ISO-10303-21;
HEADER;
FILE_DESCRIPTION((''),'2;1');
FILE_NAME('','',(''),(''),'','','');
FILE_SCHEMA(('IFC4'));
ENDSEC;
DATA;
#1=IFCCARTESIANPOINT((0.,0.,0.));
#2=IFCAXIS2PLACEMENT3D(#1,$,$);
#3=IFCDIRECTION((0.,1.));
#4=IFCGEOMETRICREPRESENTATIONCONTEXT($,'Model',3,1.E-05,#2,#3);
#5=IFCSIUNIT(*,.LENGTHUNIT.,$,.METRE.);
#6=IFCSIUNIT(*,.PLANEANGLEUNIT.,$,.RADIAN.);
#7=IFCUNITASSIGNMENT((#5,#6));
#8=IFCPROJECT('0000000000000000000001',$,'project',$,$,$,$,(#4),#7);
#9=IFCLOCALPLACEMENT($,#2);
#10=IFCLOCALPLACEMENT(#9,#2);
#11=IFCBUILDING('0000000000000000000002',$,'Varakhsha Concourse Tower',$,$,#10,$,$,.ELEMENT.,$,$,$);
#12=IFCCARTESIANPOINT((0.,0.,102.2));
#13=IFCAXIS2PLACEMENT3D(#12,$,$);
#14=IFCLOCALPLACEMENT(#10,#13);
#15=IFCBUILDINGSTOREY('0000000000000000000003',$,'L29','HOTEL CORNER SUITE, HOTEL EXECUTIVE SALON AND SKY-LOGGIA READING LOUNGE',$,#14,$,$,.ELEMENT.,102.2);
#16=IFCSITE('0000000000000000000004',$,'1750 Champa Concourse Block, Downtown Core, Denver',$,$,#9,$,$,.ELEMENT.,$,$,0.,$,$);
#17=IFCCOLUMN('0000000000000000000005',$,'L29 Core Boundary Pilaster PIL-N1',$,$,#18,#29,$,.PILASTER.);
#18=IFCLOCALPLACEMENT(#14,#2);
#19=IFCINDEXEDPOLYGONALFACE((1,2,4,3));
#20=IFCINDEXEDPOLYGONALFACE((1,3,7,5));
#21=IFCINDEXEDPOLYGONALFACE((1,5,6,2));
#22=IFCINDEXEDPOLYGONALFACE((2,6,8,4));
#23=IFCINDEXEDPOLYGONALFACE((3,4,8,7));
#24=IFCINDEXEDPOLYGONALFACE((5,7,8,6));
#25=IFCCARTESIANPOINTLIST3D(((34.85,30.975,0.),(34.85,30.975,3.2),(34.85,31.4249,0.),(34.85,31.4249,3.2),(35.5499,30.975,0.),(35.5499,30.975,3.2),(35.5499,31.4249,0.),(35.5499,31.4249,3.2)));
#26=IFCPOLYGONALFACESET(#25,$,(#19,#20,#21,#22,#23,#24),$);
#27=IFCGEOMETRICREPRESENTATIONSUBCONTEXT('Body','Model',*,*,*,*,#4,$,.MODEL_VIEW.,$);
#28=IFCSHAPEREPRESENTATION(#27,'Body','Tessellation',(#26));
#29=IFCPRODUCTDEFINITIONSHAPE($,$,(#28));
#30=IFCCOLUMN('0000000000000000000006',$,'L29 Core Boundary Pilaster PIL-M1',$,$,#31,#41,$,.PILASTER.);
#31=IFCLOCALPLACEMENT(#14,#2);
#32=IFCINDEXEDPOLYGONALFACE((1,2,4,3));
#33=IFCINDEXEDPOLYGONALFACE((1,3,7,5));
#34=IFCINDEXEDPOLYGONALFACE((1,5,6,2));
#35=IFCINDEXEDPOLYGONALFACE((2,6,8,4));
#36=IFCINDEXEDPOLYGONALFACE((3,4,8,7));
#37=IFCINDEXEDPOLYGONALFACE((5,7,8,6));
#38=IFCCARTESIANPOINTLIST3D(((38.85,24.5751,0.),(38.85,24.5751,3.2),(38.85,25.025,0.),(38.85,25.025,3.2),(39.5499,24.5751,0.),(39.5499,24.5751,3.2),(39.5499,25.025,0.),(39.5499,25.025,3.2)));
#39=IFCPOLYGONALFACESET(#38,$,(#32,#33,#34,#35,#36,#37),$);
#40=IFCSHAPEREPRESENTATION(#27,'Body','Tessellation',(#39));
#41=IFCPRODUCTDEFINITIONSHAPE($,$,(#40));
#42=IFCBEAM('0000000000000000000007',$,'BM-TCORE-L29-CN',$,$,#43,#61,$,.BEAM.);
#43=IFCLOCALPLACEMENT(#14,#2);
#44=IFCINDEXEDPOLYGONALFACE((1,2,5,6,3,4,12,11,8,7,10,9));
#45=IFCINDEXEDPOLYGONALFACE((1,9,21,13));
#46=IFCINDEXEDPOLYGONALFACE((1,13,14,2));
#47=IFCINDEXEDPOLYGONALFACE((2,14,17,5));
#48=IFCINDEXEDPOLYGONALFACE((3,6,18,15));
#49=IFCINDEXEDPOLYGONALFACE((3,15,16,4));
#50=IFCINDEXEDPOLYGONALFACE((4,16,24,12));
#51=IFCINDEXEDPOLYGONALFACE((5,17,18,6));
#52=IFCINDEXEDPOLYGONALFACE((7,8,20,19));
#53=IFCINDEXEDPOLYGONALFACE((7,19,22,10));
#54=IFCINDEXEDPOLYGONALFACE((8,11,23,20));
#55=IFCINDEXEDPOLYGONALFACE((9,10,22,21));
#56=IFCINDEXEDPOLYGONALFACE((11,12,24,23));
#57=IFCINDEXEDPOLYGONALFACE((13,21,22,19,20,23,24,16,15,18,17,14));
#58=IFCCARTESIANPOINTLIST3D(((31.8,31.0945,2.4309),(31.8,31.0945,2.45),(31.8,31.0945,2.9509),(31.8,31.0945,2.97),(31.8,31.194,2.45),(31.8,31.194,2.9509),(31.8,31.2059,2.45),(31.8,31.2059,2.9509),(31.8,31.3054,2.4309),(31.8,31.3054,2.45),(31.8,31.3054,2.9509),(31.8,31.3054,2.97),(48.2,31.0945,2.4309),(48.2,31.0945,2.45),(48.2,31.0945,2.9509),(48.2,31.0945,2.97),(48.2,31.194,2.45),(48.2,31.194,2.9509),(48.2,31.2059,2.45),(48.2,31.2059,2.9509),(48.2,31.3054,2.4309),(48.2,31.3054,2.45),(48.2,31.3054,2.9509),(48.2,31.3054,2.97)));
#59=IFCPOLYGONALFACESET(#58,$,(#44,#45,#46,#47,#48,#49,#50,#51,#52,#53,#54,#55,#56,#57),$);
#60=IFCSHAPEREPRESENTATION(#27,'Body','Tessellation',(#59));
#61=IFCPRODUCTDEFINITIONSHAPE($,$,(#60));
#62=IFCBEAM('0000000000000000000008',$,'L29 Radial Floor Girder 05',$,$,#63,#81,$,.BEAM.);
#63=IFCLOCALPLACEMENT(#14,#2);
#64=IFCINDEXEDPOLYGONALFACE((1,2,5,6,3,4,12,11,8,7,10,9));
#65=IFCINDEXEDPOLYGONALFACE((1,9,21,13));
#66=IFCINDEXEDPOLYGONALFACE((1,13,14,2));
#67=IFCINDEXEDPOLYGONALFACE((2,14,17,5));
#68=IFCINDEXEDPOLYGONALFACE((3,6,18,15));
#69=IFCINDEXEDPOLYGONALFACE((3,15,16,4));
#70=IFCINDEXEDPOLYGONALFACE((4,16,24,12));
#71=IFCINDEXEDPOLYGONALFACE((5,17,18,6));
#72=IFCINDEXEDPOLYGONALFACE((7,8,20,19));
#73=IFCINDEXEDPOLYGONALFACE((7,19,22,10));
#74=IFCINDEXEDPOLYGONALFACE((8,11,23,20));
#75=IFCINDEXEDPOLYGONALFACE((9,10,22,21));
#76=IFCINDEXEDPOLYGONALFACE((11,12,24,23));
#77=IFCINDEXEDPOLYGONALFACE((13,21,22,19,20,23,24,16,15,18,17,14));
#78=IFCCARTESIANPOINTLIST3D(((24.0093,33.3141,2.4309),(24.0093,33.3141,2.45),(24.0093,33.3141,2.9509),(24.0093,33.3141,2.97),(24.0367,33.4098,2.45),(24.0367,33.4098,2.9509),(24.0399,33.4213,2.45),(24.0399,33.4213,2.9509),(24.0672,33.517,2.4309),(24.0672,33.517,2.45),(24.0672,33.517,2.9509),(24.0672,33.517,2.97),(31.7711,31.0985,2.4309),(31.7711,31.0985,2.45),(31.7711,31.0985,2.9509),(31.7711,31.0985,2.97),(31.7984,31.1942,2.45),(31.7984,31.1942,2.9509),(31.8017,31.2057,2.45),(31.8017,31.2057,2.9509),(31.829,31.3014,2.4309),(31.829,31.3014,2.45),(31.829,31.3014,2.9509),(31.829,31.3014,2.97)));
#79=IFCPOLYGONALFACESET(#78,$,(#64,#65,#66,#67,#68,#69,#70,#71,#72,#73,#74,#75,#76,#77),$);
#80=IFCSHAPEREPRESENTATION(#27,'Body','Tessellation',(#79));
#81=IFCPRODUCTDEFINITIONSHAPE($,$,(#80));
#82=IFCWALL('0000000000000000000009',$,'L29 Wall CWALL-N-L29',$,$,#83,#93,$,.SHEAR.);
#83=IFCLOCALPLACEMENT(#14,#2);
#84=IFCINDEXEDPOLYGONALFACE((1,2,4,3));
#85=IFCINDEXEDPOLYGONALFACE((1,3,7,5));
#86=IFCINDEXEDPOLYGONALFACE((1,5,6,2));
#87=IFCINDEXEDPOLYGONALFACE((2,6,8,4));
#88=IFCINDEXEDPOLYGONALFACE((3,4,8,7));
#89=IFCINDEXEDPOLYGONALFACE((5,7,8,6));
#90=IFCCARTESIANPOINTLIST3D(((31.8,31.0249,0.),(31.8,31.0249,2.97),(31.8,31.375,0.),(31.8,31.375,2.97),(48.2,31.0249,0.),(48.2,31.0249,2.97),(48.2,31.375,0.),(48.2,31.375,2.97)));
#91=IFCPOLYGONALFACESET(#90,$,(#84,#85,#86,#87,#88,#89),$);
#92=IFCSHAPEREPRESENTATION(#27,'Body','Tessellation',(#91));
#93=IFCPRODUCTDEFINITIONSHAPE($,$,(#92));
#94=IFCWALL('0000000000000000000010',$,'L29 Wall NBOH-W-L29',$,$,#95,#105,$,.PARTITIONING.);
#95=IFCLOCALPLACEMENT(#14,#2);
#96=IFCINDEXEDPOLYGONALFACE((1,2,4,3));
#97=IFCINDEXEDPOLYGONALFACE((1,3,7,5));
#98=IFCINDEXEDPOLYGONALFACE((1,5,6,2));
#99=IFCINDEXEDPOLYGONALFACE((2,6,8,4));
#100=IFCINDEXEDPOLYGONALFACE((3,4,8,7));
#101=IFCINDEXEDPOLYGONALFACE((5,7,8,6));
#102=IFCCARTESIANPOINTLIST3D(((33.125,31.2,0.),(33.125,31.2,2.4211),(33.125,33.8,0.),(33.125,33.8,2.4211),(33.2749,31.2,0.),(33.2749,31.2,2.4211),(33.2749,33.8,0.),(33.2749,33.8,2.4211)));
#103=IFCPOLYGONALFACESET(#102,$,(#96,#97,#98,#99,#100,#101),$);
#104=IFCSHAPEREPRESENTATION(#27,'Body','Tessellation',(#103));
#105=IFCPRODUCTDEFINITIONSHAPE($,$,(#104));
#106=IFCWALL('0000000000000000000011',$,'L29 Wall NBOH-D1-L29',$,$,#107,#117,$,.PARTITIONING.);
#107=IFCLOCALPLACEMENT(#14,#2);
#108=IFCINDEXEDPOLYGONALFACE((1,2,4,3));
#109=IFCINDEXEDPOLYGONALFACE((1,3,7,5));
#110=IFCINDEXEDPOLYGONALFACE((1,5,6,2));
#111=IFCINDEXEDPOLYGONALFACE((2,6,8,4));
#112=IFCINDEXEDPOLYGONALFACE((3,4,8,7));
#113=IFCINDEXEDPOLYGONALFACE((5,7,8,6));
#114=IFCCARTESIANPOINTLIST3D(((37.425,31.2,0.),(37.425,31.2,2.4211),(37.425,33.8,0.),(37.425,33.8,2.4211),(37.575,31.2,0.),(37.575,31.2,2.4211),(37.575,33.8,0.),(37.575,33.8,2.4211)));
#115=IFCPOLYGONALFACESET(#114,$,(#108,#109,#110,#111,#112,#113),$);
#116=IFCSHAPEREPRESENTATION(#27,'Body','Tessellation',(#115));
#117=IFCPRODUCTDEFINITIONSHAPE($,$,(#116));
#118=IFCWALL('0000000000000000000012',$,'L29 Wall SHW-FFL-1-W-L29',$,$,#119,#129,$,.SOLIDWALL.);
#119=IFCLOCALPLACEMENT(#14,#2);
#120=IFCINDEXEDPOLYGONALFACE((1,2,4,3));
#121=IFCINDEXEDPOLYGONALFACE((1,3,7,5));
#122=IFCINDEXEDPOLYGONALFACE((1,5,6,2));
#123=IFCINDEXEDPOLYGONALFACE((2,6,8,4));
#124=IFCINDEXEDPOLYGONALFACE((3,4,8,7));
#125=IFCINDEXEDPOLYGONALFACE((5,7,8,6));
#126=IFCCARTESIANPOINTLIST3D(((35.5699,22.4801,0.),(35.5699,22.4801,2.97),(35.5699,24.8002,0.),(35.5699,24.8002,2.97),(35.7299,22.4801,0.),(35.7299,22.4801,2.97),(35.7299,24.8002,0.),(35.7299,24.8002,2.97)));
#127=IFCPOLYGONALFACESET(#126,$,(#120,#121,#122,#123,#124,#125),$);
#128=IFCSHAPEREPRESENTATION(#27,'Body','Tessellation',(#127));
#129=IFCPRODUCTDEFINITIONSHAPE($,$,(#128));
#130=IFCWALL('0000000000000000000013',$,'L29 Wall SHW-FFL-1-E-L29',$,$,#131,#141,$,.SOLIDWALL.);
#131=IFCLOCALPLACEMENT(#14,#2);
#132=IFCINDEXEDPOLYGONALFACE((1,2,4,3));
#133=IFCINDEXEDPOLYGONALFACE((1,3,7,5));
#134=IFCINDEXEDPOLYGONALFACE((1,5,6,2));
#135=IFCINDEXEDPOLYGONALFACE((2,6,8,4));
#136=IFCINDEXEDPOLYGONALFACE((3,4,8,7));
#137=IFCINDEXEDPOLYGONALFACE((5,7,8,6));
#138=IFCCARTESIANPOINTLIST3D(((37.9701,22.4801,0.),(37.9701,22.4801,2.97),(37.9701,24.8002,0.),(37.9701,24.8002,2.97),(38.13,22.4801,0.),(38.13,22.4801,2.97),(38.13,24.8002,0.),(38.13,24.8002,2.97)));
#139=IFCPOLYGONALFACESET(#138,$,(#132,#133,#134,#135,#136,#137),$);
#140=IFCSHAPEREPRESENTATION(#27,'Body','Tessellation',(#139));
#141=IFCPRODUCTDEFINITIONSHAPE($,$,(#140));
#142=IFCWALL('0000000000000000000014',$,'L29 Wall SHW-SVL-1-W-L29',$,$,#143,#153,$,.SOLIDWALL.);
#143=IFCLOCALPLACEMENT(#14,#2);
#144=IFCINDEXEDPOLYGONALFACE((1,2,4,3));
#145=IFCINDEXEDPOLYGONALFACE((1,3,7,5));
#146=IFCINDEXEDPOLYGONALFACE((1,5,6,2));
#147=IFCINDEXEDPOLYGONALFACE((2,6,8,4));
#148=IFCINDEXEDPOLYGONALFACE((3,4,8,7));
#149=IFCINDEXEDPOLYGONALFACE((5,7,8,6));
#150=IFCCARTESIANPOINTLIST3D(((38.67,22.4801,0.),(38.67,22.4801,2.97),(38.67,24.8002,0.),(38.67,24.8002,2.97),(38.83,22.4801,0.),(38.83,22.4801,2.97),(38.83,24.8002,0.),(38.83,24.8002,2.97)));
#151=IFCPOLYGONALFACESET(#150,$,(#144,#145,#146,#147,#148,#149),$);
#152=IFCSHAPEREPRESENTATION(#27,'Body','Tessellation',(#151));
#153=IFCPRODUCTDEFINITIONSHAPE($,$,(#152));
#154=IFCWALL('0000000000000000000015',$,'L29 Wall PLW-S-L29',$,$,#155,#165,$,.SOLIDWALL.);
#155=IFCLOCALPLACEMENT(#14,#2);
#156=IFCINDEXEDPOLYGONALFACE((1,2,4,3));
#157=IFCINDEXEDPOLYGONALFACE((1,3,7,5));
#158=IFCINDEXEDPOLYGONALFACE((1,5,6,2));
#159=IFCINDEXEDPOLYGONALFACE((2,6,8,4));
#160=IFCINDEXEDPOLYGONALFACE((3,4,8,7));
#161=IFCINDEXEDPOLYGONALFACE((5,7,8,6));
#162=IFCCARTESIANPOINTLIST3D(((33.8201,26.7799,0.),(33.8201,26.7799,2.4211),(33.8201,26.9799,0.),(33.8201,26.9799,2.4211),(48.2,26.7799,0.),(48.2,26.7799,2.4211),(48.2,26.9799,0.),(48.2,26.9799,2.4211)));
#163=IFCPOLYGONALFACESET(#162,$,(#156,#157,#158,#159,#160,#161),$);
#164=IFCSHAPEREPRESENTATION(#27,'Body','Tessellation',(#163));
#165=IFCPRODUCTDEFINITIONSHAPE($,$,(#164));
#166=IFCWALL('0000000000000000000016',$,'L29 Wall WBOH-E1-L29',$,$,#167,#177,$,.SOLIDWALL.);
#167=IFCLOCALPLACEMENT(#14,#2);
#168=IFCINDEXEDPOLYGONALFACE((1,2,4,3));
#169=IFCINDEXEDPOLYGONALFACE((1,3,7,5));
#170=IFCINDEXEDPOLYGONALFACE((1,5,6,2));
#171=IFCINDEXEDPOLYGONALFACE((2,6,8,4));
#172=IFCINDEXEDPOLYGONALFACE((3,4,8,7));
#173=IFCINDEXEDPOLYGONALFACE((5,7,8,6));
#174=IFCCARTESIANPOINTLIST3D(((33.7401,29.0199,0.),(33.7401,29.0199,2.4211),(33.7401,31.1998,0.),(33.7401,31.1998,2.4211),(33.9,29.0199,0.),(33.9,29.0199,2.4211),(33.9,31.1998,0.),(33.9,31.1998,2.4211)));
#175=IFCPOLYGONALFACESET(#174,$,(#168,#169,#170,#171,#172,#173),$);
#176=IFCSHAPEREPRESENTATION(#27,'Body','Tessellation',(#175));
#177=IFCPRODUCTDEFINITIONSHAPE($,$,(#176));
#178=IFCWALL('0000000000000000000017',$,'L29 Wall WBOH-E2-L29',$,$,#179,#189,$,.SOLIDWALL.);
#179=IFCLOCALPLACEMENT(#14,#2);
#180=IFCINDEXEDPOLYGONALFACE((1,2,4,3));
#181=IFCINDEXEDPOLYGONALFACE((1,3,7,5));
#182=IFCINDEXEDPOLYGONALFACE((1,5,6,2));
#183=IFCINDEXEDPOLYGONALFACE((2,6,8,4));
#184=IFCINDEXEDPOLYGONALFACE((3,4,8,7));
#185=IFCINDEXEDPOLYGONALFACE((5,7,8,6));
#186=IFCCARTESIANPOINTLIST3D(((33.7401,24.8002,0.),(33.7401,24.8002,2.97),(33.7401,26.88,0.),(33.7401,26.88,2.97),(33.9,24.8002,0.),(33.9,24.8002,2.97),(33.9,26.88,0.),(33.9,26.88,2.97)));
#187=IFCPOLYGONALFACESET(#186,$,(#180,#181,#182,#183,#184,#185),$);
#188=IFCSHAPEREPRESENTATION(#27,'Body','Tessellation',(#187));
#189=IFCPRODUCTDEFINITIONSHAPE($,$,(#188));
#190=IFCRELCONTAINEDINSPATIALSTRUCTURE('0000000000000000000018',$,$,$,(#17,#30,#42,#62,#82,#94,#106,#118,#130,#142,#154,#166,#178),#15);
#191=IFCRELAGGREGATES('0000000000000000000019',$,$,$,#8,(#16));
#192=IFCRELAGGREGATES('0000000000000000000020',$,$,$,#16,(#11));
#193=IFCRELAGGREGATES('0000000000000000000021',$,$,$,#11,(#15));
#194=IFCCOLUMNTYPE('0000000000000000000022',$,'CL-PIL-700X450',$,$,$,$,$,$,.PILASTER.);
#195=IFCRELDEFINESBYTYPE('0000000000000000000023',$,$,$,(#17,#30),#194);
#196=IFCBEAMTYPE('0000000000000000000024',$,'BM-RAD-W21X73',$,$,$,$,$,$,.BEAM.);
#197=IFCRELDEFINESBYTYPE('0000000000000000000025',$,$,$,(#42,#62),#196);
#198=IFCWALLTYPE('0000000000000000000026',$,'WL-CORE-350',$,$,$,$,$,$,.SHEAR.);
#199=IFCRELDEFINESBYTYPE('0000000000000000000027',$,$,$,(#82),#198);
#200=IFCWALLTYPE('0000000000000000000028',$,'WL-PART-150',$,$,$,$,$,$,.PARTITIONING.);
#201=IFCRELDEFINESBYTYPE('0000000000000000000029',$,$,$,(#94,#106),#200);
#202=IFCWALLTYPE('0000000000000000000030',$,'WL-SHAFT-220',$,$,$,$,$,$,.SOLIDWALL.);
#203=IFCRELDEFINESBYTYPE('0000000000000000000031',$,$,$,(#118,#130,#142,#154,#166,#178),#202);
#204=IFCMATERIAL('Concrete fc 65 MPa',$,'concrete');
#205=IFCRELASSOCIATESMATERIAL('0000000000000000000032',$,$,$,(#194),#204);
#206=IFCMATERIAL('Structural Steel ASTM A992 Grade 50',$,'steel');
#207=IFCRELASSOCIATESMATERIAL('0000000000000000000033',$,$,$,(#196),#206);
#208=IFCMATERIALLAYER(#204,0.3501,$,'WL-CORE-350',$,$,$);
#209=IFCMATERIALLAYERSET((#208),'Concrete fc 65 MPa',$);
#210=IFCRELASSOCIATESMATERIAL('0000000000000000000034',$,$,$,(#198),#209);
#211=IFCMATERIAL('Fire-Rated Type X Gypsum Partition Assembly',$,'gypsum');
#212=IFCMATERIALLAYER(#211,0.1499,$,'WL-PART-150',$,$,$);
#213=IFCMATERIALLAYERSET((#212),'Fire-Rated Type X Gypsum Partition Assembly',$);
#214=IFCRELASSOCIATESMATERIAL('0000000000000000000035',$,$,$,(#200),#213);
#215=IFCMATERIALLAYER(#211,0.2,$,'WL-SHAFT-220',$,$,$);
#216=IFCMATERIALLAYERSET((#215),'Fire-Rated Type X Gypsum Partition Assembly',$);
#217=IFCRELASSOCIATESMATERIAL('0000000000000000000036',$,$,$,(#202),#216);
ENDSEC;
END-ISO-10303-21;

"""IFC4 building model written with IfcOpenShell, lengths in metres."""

from ifc_helpers import new_model, si_unit, direction, frame, frame_2d, origin, origin_2d, place, context, subcontext, project, spatial, rectangle, i_section, extrude, material, layer, layer_set, material_profile, profile_set, type_object, element, save


model = new_model("IFC4")

# Units and contexts
model_context = context("Model", 3, precision=1e-05, world=origin(), true_north=direction((0.0, 1.0)))
body_context = subcontext(model_context, "Body", "Model", "MODEL_VIEW")
ifc_project = project(units=[si_unit("LENGTHUNIT", "METRE"), si_unit("PLANEANGLEUNIT", "RADIAN")], contexts=[model_context])

# Site, building, storey
site_placement = place(None, origin())
site = spatial("IfcSite", under=ifc_project, at=site_placement, Name="1750 Champa Concourse Block, Downtown Core, Denver", CompositionType="ELEMENT", RefElevation=0.0)
building_placement = place(site_placement, origin())
building = spatial("IfcBuilding", under=site, at=building_placement, Name="Varakhsha Concourse Tower", CompositionType="ELEMENT")
storey_placement = place(building_placement, frame((0.0, 0.0, 102.2)))
storey = spatial("IfcBuildingStorey", under=building, at=storey_placement, Name="L29", Description="HOTEL CORNER SUITE, HOTEL EXECUTIVE SALON AND SKY-LOGGIA READING LOUNGE", CompositionType="ELEMENT", Elevation=102.2)

# Columns
ifc_material_1 = material(Name="Concrete fc 65 MPa", Category="concrete")
ifc_material_profile_1 = material_profile(ifc_material_1, rectangle(XDim=0.7, YDim=0.45, at=origin_2d()), Name="RC 700x450")
ifc_profile_set_1 = profile_set([ifc_material_profile_1], Name="Concrete fc 65 MPa")
column_type = type_object("IfcColumnType", Name="CL-PIL-700X450", PredefinedType="PILASTER", material=ifc_profile_set_1)
for number, where, z_axis, x_axis, name in (
    (1, (35.2, 31.2, 0.0), (0.0, 0.0, 1.0), (1.0, 0.0, 0.0), "L29 Core Boundary Pilaster PIL-N1"),
    (2, (39.2, 24.8, 0.0), (0.0, 0.0, 1.0), (1.0, 0.0, 0.0), "L29 Core Boundary Pilaster PIL-M1"),
):
    element("IfcColumn", number, at=place(storey_placement, frame(where, z_axis=z_axis, x_axis=x_axis)), inside=storey, type_object=column_type, Name=name, PredefinedType="PILASTER", context=body_context, shape_type="SweptSolid", body=[
        extrude(rectangle(XDim=0.7, YDim=0.45, at=origin_2d()), origin(), (0.0, 0.0, 1.0), 3.2),
    ])

# Beams
ifc_material_2 = material(Name="Structural Steel ASTM A992 Grade 50", Category="steel")
ifc_material_profile_2 = material_profile(ifc_material_2, i_section(OverallWidth=0.2109, OverallDepth=0.5391, WebThickness=0.012, FlangeThickness=0.019, at=origin_2d()), Name="W21X73")
ifc_profile_set_2 = profile_set([ifc_material_profile_2], Name="Structural Steel ASTM A992 Grade 50")
beam_type = type_object("IfcBeamType", Name="BM-RAD-W21X73", PredefinedType="BEAM", material=ifc_profile_set_2)
beam_1_placement = place(storey_placement, frame((31.8, 31.2, 2.7004), z_axis=(1.0, 0.0, 0.0), x_axis=(0.0, 1.0, 0.0)))
element("IfcBeam", 3, at=beam_1_placement, inside=storey, type_object=beam_type, Name="BM-TCORE-L29-CN", PredefinedType="BEAM", context=body_context, shape_type="SweptSolid", body=[
    extrude(i_section(OverallWidth=0.2109, OverallDepth=0.5391, WebThickness=0.012, FlangeThickness=0.019, at=origin_2d()), origin(), (0.0, 0.0, 1.0), 16.3999),
])
beam_2_placement = place(storey_placement, frame((31.8, 31.2, 2.7004), z_axis=(-0.961591, 0.274485, 0.0), x_axis=(-0.274485, -0.961591, 0.0)))
element("IfcBeam", 4, at=beam_2_placement, inside=storey, type_object=beam_type, Name="L29 Radial Floor Girder 05", PredefinedType="BEAM", context=body_context, shape_type="SweptSolid", body=[
    extrude(i_section(OverallWidth=0.2109, OverallDepth=0.5391, WebThickness=0.012, FlangeThickness=0.019, at=origin_2d()), origin(), (0.0, 0.0, 1.0), 8.0718),
])

# Walls
ifc_layer_1 = layer(ifc_material_1, 0.3501, Name="WL-CORE-350")
ifc_layer_set_1 = layer_set([ifc_layer_1], Name="Concrete fc 65 MPa")
wall_type_1 = type_object("IfcWallType", Name="WL-CORE-350", PredefinedType="SHEAR", material=ifc_layer_set_1)
wall_1_placement = place(storey_placement, frame((31.8, 31.2, 0.0), z_axis=(0.0, 0.0, 1.0), x_axis=(1.0, 0.0, 0.0)))
element("IfcWall", 5, at=wall_1_placement, inside=storey, type_object=wall_type_1, Name="L29 Wall CWALL-N-L29", PredefinedType="SHEAR", context=body_context, shape_type="SweptSolid", body=[
    extrude(rectangle(XDim=16.3999, YDim=0.3501, at=frame_2d((8.2, 0.0))), origin(), (0.0, 0.0, 1.0), 2.97),
])
ifc_material_3 = material(Name="Fire-Rated Type X Gypsum Partition Assembly", Category="gypsum")
ifc_layer_2 = layer(ifc_material_3, 0.1499, Name="WL-PART-150")
ifc_layer_set_2 = layer_set([ifc_layer_2], Name="Fire-Rated Type X Gypsum Partition Assembly")
wall_type_2 = type_object("IfcWallType", Name="WL-PART-150", PredefinedType="PARTITIONING", material=ifc_layer_set_2)
for number, where, z_axis, x_axis, name in (
    (6, (33.2, 31.2, 0.0), (0.0, 0.0, 1.0), (0.0, 1.0, 0.0), "L29 Wall NBOH-W-L29"),
    (7, (37.5, 31.2, 0.0), (0.0, 0.0, 1.0), (0.0, 1.0, 0.0), "L29 Wall NBOH-D1-L29"),
):
    element("IfcWall", number, at=place(storey_placement, frame(where, z_axis=z_axis, x_axis=x_axis)), inside=storey, type_object=wall_type_2, Name=name, PredefinedType="PARTITIONING", context=body_context, shape_type="SweptSolid", body=[
        extrude(rectangle(XDim=2.6001, YDim=0.1499, at=frame_2d((1.3, 0.0))), origin(), (0.0, 0.0, 1.0), 2.4211),
    ])

# Shared definitions
ifc_layer_3 = layer(ifc_material_3, 0.2, Name="WL-SHAFT-220")
ifc_layer_set_3 = layer_set([ifc_layer_3], Name="Fire-Rated Type X Gypsum Partition Assembly")
wall_type_3 = type_object("IfcWallType", Name="WL-SHAFT-220", PredefinedType="SOLIDWALL", material=ifc_layer_set_3)

# Walls
for number, where, z_axis, x_axis, name in (
    (8, (35.6499, 22.48, 0.0), (0.0, 0.0, 1.0), (0.0, 1.0, 0.0), "L29 Wall SHW-FFL-1-W-L29"),
    (9, (38.05, 22.48, 0.0), (0.0, 0.0, 1.0), (0.0, 1.0, 0.0), "L29 Wall SHW-FFL-1-E-L29"),
    (10, (38.75, 22.48, 0.0), (0.0, 0.0, 1.0), (0.0, 1.0, 0.0), "L29 Wall SHW-SVL-1-W-L29"),
):
    element("IfcWall", number, at=place(storey_placement, frame(where, z_axis=z_axis, x_axis=x_axis)), inside=storey, type_object=wall_type_3, Name=name, PredefinedType="SOLIDWALL", context=body_context, shape_type="SweptSolid", body=[
        extrude(rectangle(XDim=2.3201, YDim=0.1599, at=frame_2d((1.1602, 0.0))), origin(), (0.0, 0.0, 1.0), 2.97),
    ])
wall_2_placement = place(storey_placement, frame((33.8201, 26.8799, 0.0), z_axis=(0.0, 0.0, 1.0), x_axis=(1.0, 0.0, 0.0)))
element("IfcWall", 11, at=wall_2_placement, inside=storey, type_object=wall_type_3, Name="L29 Wall PLW-S-L29", PredefinedType="SOLIDWALL", context=body_context, shape_type="SweptSolid", body=[
    extrude(rectangle(XDim=14.3799, YDim=0.2, at=frame_2d((7.1899, 0.0))), origin(), (0.0, 0.0, 1.0), 2.4211),
])
wall_3_placement = place(storey_placement, frame((33.8201, 29.02, 0.0), z_axis=(0.0, 0.0, 1.0), x_axis=(0.0, 1.0, 0.0)))
element("IfcWall", 12, at=wall_3_placement, inside=storey, type_object=wall_type_3, Name="L29 Wall WBOH-E1-L29", PredefinedType="SOLIDWALL", context=body_context, shape_type="SweptSolid", body=[
    extrude(rectangle(XDim=2.1799, YDim=0.1599, at=frame_2d((1.0898, 0.0))), origin(), (0.0, 0.0, 1.0), 2.4211),
])
wall_4_placement = place(storey_placement, frame((33.8201, 24.8, 0.0), z_axis=(0.0, 0.0, 1.0), x_axis=(0.0, 1.0, 0.0)))
element("IfcWall", 13, at=wall_4_placement, inside=storey, type_object=wall_type_3, Name="L29 Wall WBOH-E2-L29", PredefinedType="SOLIDWALL", context=body_context, shape_type="SweptSolid", body=[
    extrude(rectangle(XDim=2.0798, YDim=0.1599, at=frame_2d((1.04, 0.0))), origin(), (0.0, 0.0, 1.0), 2.97),
])

save(model, "model.ifc")
